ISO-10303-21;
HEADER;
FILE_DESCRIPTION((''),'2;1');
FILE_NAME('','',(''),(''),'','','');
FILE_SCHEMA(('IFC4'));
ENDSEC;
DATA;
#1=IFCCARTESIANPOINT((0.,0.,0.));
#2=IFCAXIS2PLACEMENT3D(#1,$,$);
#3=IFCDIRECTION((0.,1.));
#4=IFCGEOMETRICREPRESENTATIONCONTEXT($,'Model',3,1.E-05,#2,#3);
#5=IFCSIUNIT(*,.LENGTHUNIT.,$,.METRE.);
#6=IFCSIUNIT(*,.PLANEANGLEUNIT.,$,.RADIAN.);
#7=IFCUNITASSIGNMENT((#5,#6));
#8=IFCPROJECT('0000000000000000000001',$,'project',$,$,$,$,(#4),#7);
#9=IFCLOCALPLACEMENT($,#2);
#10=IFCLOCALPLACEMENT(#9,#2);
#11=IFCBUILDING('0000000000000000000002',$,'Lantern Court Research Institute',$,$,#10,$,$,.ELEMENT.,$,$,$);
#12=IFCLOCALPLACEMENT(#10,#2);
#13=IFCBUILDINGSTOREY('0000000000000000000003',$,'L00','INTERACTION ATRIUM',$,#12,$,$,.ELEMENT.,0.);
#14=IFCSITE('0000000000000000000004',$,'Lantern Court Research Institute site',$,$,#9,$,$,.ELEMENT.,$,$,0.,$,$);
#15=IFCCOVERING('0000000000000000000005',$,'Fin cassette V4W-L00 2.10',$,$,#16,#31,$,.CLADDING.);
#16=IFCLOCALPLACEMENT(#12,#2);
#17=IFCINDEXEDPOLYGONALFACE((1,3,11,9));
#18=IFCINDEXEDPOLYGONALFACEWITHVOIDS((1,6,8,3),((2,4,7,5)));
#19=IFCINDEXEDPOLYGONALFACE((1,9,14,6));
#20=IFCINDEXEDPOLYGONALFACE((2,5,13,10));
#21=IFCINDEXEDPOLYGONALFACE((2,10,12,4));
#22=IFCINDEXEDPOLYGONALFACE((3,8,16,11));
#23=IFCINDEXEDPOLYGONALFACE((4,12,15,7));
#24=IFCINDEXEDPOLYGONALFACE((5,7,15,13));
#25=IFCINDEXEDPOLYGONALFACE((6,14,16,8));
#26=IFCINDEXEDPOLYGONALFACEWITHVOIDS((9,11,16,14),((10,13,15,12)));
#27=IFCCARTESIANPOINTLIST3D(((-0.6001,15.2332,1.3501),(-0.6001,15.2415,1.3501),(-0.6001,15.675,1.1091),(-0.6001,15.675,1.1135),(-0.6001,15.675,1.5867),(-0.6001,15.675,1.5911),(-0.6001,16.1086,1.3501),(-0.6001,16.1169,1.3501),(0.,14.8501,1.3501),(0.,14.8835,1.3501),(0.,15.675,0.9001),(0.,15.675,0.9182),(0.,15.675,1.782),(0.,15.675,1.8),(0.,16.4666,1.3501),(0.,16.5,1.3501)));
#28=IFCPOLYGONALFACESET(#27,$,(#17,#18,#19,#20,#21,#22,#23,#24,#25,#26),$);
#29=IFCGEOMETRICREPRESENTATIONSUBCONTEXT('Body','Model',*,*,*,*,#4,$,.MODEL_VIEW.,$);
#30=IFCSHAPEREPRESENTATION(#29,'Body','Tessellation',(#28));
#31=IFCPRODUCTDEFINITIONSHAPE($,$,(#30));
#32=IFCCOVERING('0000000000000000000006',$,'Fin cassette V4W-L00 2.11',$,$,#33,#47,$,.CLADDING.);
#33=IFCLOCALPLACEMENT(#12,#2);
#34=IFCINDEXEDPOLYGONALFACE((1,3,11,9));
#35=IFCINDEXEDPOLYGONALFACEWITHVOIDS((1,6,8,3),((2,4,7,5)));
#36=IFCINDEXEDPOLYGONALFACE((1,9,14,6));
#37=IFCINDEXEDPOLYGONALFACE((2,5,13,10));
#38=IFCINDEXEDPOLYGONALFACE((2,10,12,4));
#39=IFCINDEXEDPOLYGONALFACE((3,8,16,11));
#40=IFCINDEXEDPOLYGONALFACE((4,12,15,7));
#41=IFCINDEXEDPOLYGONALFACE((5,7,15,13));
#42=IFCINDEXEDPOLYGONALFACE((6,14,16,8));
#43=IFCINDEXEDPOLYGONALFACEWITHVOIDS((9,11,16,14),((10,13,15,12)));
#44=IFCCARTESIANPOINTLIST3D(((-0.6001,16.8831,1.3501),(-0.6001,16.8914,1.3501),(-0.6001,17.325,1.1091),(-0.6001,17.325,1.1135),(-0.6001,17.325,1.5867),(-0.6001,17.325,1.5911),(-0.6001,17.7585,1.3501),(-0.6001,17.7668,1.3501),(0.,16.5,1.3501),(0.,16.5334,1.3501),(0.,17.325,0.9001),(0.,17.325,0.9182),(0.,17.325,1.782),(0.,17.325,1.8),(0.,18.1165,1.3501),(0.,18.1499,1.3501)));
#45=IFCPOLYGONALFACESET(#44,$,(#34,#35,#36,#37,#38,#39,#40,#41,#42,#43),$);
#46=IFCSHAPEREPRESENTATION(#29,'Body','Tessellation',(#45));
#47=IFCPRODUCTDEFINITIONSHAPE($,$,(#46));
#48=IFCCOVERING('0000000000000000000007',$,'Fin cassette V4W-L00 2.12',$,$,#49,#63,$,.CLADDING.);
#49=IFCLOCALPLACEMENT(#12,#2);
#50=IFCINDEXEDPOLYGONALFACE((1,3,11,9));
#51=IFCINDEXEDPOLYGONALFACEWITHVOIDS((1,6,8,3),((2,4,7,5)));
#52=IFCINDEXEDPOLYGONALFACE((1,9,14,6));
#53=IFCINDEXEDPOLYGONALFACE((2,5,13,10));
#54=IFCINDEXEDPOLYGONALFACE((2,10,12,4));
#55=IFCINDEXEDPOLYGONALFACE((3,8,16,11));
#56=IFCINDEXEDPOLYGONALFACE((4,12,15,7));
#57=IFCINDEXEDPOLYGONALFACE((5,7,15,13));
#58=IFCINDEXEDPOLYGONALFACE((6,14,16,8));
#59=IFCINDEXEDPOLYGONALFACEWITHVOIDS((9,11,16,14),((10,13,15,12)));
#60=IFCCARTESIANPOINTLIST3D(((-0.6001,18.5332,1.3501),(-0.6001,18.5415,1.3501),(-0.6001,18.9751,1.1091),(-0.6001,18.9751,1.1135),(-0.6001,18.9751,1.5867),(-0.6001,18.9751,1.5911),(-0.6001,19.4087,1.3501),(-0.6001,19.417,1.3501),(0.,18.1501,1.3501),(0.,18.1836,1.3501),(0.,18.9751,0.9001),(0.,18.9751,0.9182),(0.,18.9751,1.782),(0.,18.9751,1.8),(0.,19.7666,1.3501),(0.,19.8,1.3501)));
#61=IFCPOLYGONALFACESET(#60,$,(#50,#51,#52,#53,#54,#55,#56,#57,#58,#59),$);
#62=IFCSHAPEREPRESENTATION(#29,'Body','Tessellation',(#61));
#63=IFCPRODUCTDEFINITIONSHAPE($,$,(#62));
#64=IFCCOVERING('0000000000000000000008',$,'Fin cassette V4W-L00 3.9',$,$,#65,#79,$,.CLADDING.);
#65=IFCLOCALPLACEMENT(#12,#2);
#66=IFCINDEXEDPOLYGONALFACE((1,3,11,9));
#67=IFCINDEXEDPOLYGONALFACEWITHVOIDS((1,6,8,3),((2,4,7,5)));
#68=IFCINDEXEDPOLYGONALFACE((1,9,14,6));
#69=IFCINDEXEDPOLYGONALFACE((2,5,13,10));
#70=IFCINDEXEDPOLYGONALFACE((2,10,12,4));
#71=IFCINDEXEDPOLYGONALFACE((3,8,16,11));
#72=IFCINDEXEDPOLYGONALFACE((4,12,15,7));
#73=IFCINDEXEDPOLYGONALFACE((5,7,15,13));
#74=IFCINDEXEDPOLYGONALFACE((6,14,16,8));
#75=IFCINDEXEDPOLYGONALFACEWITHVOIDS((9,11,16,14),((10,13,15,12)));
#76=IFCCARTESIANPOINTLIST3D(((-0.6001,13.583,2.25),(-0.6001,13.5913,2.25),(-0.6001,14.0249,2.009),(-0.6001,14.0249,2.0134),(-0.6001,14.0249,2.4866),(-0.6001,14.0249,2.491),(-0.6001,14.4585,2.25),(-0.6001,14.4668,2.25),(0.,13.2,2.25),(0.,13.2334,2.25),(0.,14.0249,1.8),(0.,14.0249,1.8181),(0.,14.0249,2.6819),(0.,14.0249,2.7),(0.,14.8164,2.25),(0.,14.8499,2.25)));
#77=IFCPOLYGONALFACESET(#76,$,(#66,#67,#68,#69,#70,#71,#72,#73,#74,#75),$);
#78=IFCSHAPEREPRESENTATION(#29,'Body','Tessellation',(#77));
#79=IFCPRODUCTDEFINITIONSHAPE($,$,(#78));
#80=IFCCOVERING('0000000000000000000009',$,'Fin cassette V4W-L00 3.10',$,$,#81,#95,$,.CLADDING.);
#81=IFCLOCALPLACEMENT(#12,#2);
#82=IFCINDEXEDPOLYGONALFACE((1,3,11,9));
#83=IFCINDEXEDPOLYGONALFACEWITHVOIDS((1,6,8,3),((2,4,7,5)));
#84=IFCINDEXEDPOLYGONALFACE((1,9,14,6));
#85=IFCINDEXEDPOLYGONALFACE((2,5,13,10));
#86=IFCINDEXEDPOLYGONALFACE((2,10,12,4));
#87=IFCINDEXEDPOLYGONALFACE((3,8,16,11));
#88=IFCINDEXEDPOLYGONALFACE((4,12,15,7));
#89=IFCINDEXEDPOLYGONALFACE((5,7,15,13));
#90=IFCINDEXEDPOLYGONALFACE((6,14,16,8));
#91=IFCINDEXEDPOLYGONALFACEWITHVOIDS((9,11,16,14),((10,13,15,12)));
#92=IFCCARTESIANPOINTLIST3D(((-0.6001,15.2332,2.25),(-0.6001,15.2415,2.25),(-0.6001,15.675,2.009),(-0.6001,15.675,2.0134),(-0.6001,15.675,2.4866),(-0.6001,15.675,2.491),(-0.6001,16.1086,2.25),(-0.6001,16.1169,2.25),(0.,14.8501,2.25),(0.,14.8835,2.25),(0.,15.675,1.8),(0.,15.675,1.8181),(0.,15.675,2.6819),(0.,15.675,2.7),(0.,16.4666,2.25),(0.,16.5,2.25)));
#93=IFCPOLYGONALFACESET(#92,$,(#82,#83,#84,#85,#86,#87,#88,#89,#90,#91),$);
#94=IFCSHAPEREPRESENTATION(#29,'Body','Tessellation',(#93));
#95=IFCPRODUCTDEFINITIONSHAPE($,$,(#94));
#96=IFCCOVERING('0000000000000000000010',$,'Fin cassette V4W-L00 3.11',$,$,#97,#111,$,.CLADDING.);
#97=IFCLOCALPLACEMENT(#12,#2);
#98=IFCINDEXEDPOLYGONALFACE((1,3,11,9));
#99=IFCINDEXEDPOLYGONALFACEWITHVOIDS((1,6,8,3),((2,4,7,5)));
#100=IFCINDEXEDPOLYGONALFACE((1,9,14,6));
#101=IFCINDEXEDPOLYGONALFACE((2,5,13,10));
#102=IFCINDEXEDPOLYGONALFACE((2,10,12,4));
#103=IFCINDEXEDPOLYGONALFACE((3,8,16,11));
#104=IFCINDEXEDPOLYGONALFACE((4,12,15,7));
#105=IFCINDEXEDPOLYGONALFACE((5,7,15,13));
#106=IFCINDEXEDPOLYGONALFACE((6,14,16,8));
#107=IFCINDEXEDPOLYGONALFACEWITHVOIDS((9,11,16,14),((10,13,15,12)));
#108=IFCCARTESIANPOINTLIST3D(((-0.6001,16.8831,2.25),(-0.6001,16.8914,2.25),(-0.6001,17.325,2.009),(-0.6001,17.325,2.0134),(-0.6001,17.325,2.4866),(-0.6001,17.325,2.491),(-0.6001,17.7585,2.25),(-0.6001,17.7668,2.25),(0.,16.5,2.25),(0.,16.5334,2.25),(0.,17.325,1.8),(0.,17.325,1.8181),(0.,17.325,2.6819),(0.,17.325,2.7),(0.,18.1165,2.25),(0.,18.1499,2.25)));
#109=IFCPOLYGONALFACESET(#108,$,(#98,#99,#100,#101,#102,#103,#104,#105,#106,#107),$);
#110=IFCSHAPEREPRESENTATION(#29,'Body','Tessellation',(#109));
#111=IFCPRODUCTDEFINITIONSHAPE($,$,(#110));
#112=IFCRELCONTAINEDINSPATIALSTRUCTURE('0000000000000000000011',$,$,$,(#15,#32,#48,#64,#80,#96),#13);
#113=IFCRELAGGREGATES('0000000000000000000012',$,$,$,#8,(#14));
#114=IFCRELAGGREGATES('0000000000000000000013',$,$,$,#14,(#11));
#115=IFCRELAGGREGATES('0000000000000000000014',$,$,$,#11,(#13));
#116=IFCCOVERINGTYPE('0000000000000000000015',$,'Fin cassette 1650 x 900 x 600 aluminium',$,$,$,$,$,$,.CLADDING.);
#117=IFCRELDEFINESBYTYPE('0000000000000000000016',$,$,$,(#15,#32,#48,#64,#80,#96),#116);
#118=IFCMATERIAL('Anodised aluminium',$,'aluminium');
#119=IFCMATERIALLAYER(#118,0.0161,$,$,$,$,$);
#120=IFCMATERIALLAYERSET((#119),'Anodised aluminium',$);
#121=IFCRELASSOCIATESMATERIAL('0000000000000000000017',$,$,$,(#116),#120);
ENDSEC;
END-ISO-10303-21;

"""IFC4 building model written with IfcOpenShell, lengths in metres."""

from ifc_helpers import new_model, entity, si_unit, direction, frame, origin, place, context, subcontext, project, spatial, material, layer, layer_set, type_object, element, save


model = new_model("IFC4")

# Units and contexts
model_context = context("Model", 3, precision=1e-05, world=origin(), true_north=direction((0.0, 1.0)))
body_context = subcontext(model_context, "Body", "Model", "MODEL_VIEW")
ifc_project = project(units=[si_unit("LENGTHUNIT", "METRE"), si_unit("PLANEANGLEUNIT", "RADIAN")], contexts=[model_context])

# Site, building, storey
site_placement = place(None, origin())
site = spatial("IfcSite", under=ifc_project, at=site_placement, Name="Lantern Court Research Institute site", CompositionType="ELEMENT", RefElevation=0.0)
building_placement = place(site_placement, origin())
building = spatial("IfcBuilding", under=site, at=building_placement, Name="Lantern Court Research Institute", CompositionType="ELEMENT")
storey_placement = place(building_placement, origin())
storey = spatial("IfcBuildingStorey", under=building, at=storey_placement, Name="L00", Description="INTERACTION ATRIUM", CompositionType="ELEMENT", Elevation=0.0)

# Coverings
ifc_material_1 = material(Name="Anodised aluminium", Category="aluminium")
ifc_layer_1 = layer(ifc_material_1, 0.0161)
ifc_layer_set_1 = layer_set([ifc_layer_1], Name="Anodised aluminium")
covering_type = type_object("IfcCoveringType", Name="Fin cassette 1650 x 900 x 600 aluminium", PredefinedType="CLADDING", material=ifc_layer_set_1)
covering_1_placement = place(storey_placement, frame((0.0, 15.675, 1.3501), z_axis=(-1.0, 0.0, 0.0), x_axis=(0.0, -1.0, 0.0)))
cartesian_point_1 = entity("IfcCartesianPoint", [0.825, 0.0])
cartesian_point_2 = entity("IfcCartesianPoint", [0.7915, 0.0])
cartesian_point_3 = entity("IfcCartesianPoint", [0.4419, 0.0])
cartesian_point_4 = entity("IfcCartesianPoint", [0.4336, 0.0])
element("IfcCovering", 1, at=covering_1_placement, inside=storey, type_object=covering_type, Name="Fin cassette V4W-L00 2.10", PredefinedType="CLADDING", context=body_context, shape_type="SweptSolid", body=[
    entity("IfcExtrudedAreaSolidTapered", entity("IfcArbitraryProfileDefWithVoids", "AREA", None, entity("IfcPolyline", [cartesian_point_1, entity("IfcCartesianPoint", [0.0, 0.45]), entity("IfcCartesianPoint", [-0.825, 0.0]), entity("IfcCartesianPoint", [0.0, -0.45]), cartesian_point_1]), [entity("IfcPolyline", [cartesian_point_2, entity("IfcCartesianPoint", [0.0, 0.4319]), entity("IfcCartesianPoint", [-0.7915, 0.0]), entity("IfcCartesianPoint", [0.0, -0.4319]), cartesian_point_2])]), entity("IfcAxis2Placement3D", entity("IfcCartesianPoint", [0.0, 0.0, 0.0])), entity("IfcDirection", [0.0, 0.0, 1.0]), 0.6001, entity("IfcArbitraryProfileDefWithVoids", "AREA", None, entity("IfcPolyline", [cartesian_point_3, entity("IfcCartesianPoint", [0.0, 0.241]), entity("IfcCartesianPoint", [-0.4419, 0.0]), entity("IfcCartesianPoint", [0.0, -0.241]), cartesian_point_3]), [entity("IfcPolyline", [cartesian_point_4, entity("IfcCartesianPoint", [0.0, 0.2366]), entity("IfcCartesianPoint", [-0.4336, 0.0]), entity("IfcCartesianPoint", [0.0, -0.2366]), cartesian_point_4])])),
])
covering_2_placement = place(storey_placement, frame((0.0, 17.325, 1.3501), z_axis=(-1.0, 0.0, 0.0), x_axis=(0.0, -1.0, 0.0)))
cartesian_point_5 = entity("IfcCartesianPoint", [0.825, 0.0])
cartesian_point_6 = entity("IfcCartesianPoint", [0.7915, 0.0])
cartesian_point_7 = entity("IfcCartesianPoint", [0.4419, 0.0])
cartesian_point_8 = entity("IfcCartesianPoint", [0.4336, 0.0])
element("IfcCovering", 2, at=covering_2_placement, inside=storey, type_object=covering_type, Name="Fin cassette V4W-L00 2.11", PredefinedType="CLADDING", context=body_context, shape_type="SweptSolid", body=[
    entity("IfcExtrudedAreaSolidTapered", entity("IfcArbitraryProfileDefWithVoids", "AREA", None, entity("IfcPolyline", [cartesian_point_5, entity("IfcCartesianPoint", [0.0, 0.45]), entity("IfcCartesianPoint", [-0.825, 0.0]), entity("IfcCartesianPoint", [0.0, -0.45]), cartesian_point_5]), [entity("IfcPolyline", [cartesian_point_6, entity("IfcCartesianPoint", [0.0, 0.4319]), entity("IfcCartesianPoint", [-0.7915, 0.0]), entity("IfcCartesianPoint", [0.0, -0.4319]), cartesian_point_6])]), entity("IfcAxis2Placement3D", entity("IfcCartesianPoint", [0.0, 0.0, 0.0])), entity("IfcDirection", [0.0, 0.0, 1.0]), 0.6001, entity("IfcArbitraryProfileDefWithVoids", "AREA", None, entity("IfcPolyline", [cartesian_point_7, entity("IfcCartesianPoint", [0.0, 0.241]), entity("IfcCartesianPoint", [-0.4419, 0.0]), entity("IfcCartesianPoint", [0.0, -0.241]), cartesian_point_7]), [entity("IfcPolyline", [cartesian_point_8, entity("IfcCartesianPoint", [0.0, 0.2366]), entity("IfcCartesianPoint", [-0.4336, 0.0]), entity("IfcCartesianPoint", [0.0, -0.2366]), cartesian_point_8])])),
])
covering_3_placement = place(storey_placement, frame((0.0, 18.9751, 1.3501), z_axis=(-1.0, 0.0, 0.0), x_axis=(0.0, -1.0, 0.0)))
cartesian_point_9 = entity("IfcCartesianPoint", [0.825, 0.0])
cartesian_point_10 = entity("IfcCartesianPoint", [0.7915, 0.0])
cartesian_point_11 = entity("IfcCartesianPoint", [0.4419, 0.0])
cartesian_point_12 = entity("IfcCartesianPoint", [0.4336, 0.0])
element("IfcCovering", 3, at=covering_3_placement, inside=storey, type_object=covering_type, Name="Fin cassette V4W-L00 2.12", PredefinedType="CLADDING", context=body_context, shape_type="SweptSolid", body=[
    entity("IfcExtrudedAreaSolidTapered", entity("IfcArbitraryProfileDefWithVoids", "AREA", None, entity("IfcPolyline", [cartesian_point_9, entity("IfcCartesianPoint", [0.0, 0.45]), entity("IfcCartesianPoint", [-0.825, 0.0]), entity("IfcCartesianPoint", [0.0, -0.45]), cartesian_point_9]), [entity("IfcPolyline", [cartesian_point_10, entity("IfcCartesianPoint", [0.0, 0.4319]), entity("IfcCartesianPoint", [-0.7915, 0.0]), entity("IfcCartesianPoint", [0.0, -0.4319]), cartesian_point_10])]), entity("IfcAxis2Placement3D", entity("IfcCartesianPoint", [0.0, 0.0, 0.0])), entity("IfcDirection", [0.0, 0.0, 1.0]), 0.6001, entity("IfcArbitraryProfileDefWithVoids", "AREA", None, entity("IfcPolyline", [cartesian_point_11, entity("IfcCartesianPoint", [0.0, 0.241]), entity("IfcCartesianPoint", [-0.4419, 0.0]), entity("IfcCartesianPoint", [0.0, -0.241]), cartesian_point_11]), [entity("IfcPolyline", [cartesian_point_12, entity("IfcCartesianPoint", [0.0, 0.2366]), entity("IfcCartesianPoint", [-0.4336, 0.0]), entity("IfcCartesianPoint", [0.0, -0.2366]), cartesian_point_12])])),
])
covering_4_placement = place(storey_placement, frame((0.0, 14.0249, 2.25), z_axis=(-1.0, 0.0, 0.0), x_axis=(0.0, -1.0, 0.0)))
cartesian_point_13 = entity("IfcCartesianPoint", [0.825, 0.0])
cartesian_point_14 = entity("IfcCartesianPoint", [0.7915, 0.0])
cartesian_point_15 = entity("IfcCartesianPoint", [0.4419, 0.0])
cartesian_point_16 = entity("IfcCartesianPoint", [0.4336, 0.0])
element("IfcCovering", 4, at=covering_4_placement, inside=storey, type_object=covering_type, Name="Fin cassette V4W-L00 3.9", PredefinedType="CLADDING", context=body_context, shape_type="SweptSolid", body=[
    entity("IfcExtrudedAreaSolidTapered", entity("IfcArbitraryProfileDefWithVoids", "AREA", None, entity("IfcPolyline", [cartesian_point_13, entity("IfcCartesianPoint", [0.0, 0.45]), entity("IfcCartesianPoint", [-0.825, 0.0]), entity("IfcCartesianPoint", [0.0, -0.45]), cartesian_point_13]), [entity("IfcPolyline", [cartesian_point_14, entity("IfcCartesianPoint", [0.0, 0.4319]), entity("IfcCartesianPoint", [-0.7915, 0.0]), entity("IfcCartesianPoint", [0.0, -0.4319]), cartesian_point_14])]), entity("IfcAxis2Placement3D", entity("IfcCartesianPoint", [0.0, 0.0, 0.0])), entity("IfcDirection", [0.0, 0.0, 1.0]), 0.6001, entity("IfcArbitraryProfileDefWithVoids", "AREA", None, entity("IfcPolyline", [cartesian_point_15, entity("IfcCartesianPoint", [0.0, 0.241]), entity("IfcCartesianPoint", [-0.4419, 0.0]), entity("IfcCartesianPoint", [0.0, -0.241]), cartesian_point_15]), [entity("IfcPolyline", [cartesian_point_16, entity("IfcCartesianPoint", [0.0, 0.2366]), entity("IfcCartesianPoint", [-0.4336, 0.0]), entity("IfcCartesianPoint", [0.0, -0.2366]), cartesian_point_16])])),
])
covering_5_placement = place(storey_placement, frame((0.0, 15.675, 2.25), z_axis=(-1.0, 0.0, 0.0), x_axis=(0.0, -1.0, 0.0)))
cartesian_point_17 = entity("IfcCartesianPoint", [0.825, 0.0])
cartesian_point_18 = entity("IfcCartesianPoint", [0.7915, 0.0])
cartesian_point_19 = entity("IfcCartesianPoint", [0.4419, 0.0])
cartesian_point_20 = entity("IfcCartesianPoint", [0.4336, 0.0])
element("IfcCovering", 5, at=covering_5_placement, inside=storey, type_object=covering_type, Name="Fin cassette V4W-L00 3.10", PredefinedType="CLADDING", context=body_context, shape_type="SweptSolid", body=[
    entity("IfcExtrudedAreaSolidTapered", entity("IfcArbitraryProfileDefWithVoids", "AREA", None, entity("IfcPolyline", [cartesian_point_17, entity("IfcCartesianPoint", [0.0, 0.45]), entity("IfcCartesianPoint", [-0.825, 0.0]), entity("IfcCartesianPoint", [0.0, -0.45]), cartesian_point_17]), [entity("IfcPolyline", [cartesian_point_18, entity("IfcCartesianPoint", [0.0, 0.4319]), entity("IfcCartesianPoint", [-0.7915, 0.0]), entity("IfcCartesianPoint", [0.0, -0.4319]), cartesian_point_18])]), entity("IfcAxis2Placement3D", entity("IfcCartesianPoint", [0.0, 0.0, 0.0])), entity("IfcDirection", [0.0, 0.0, 1.0]), 0.6001, entity("IfcArbitraryProfileDefWithVoids", "AREA", None, entity("IfcPolyline", [cartesian_point_19, entity("IfcCartesianPoint", [0.0, 0.241]), entity("IfcCartesianPoint", [-0.4419, 0.0]), entity("IfcCartesianPoint", [0.0, -0.241]), cartesian_point_19]), [entity("IfcPolyline", [cartesian_point_20, entity("IfcCartesianPoint", [0.0, 0.2366]), entity("IfcCartesianPoint", [-0.4336, 0.0]), entity("IfcCartesianPoint", [0.0, -0.2366]), cartesian_point_20])])),
])
covering_6_placement = place(storey_placement, frame((0.0, 17.325, 2.25), z_axis=(-1.0, 0.0, 0.0), x_axis=(0.0, -1.0, 0.0)))
cartesian_point_21 = entity("IfcCartesianPoint", [0.825, 0.0])
cartesian_point_22 = entity("IfcCartesianPoint", [0.7915, 0.0])
cartesian_point_23 = entity("IfcCartesianPoint", [0.4419, 0.0])
cartesian_point_24 = entity("IfcCartesianPoint", [0.4336, 0.0])
element("IfcCovering", 6, at=covering_6_placement, inside=storey, type_object=covering_type, Name="Fin cassette V4W-L00 3.11", PredefinedType="CLADDING", context=body_context, shape_type="SweptSolid", body=[
    entity("IfcExtrudedAreaSolidTapered", entity("IfcArbitraryProfileDefWithVoids", "AREA", None, entity("IfcPolyline", [cartesian_point_21, entity("IfcCartesianPoint", [0.0, 0.45]), entity("IfcCartesianPoint", [-0.825, 0.0]), entity("IfcCartesianPoint", [0.0, -0.45]), cartesian_point_21]), [entity("IfcPolyline", [cartesian_point_22, entity("IfcCartesianPoint", [0.0, 0.4319]), entity("IfcCartesianPoint", [-0.7915, 0.0]), entity("IfcCartesianPoint", [0.0, -0.4319]), cartesian_point_22])]), entity("IfcAxis2Placement3D", entity("IfcCartesianPoint", [0.0, 0.0, 0.0])), entity("IfcDirection", [0.0, 0.0, 1.0]), 0.6001, entity("IfcArbitraryProfileDefWithVoids", "AREA", None, entity("IfcPolyline", [cartesian_point_23, entity("IfcCartesianPoint", [0.0, 0.241]), entity("IfcCartesianPoint", [-0.4419, 0.0]), entity("IfcCartesianPoint", [0.0, -0.241]), cartesian_point_23]), [entity("IfcPolyline", [cartesian_point_24, entity("IfcCartesianPoint", [0.0, 0.2366]), entity("IfcCartesianPoint", [-0.4336, 0.0]), entity("IfcCartesianPoint", [0.0, -0.2366]), cartesian_point_24])])),
])

save(model, "model.ifc")
